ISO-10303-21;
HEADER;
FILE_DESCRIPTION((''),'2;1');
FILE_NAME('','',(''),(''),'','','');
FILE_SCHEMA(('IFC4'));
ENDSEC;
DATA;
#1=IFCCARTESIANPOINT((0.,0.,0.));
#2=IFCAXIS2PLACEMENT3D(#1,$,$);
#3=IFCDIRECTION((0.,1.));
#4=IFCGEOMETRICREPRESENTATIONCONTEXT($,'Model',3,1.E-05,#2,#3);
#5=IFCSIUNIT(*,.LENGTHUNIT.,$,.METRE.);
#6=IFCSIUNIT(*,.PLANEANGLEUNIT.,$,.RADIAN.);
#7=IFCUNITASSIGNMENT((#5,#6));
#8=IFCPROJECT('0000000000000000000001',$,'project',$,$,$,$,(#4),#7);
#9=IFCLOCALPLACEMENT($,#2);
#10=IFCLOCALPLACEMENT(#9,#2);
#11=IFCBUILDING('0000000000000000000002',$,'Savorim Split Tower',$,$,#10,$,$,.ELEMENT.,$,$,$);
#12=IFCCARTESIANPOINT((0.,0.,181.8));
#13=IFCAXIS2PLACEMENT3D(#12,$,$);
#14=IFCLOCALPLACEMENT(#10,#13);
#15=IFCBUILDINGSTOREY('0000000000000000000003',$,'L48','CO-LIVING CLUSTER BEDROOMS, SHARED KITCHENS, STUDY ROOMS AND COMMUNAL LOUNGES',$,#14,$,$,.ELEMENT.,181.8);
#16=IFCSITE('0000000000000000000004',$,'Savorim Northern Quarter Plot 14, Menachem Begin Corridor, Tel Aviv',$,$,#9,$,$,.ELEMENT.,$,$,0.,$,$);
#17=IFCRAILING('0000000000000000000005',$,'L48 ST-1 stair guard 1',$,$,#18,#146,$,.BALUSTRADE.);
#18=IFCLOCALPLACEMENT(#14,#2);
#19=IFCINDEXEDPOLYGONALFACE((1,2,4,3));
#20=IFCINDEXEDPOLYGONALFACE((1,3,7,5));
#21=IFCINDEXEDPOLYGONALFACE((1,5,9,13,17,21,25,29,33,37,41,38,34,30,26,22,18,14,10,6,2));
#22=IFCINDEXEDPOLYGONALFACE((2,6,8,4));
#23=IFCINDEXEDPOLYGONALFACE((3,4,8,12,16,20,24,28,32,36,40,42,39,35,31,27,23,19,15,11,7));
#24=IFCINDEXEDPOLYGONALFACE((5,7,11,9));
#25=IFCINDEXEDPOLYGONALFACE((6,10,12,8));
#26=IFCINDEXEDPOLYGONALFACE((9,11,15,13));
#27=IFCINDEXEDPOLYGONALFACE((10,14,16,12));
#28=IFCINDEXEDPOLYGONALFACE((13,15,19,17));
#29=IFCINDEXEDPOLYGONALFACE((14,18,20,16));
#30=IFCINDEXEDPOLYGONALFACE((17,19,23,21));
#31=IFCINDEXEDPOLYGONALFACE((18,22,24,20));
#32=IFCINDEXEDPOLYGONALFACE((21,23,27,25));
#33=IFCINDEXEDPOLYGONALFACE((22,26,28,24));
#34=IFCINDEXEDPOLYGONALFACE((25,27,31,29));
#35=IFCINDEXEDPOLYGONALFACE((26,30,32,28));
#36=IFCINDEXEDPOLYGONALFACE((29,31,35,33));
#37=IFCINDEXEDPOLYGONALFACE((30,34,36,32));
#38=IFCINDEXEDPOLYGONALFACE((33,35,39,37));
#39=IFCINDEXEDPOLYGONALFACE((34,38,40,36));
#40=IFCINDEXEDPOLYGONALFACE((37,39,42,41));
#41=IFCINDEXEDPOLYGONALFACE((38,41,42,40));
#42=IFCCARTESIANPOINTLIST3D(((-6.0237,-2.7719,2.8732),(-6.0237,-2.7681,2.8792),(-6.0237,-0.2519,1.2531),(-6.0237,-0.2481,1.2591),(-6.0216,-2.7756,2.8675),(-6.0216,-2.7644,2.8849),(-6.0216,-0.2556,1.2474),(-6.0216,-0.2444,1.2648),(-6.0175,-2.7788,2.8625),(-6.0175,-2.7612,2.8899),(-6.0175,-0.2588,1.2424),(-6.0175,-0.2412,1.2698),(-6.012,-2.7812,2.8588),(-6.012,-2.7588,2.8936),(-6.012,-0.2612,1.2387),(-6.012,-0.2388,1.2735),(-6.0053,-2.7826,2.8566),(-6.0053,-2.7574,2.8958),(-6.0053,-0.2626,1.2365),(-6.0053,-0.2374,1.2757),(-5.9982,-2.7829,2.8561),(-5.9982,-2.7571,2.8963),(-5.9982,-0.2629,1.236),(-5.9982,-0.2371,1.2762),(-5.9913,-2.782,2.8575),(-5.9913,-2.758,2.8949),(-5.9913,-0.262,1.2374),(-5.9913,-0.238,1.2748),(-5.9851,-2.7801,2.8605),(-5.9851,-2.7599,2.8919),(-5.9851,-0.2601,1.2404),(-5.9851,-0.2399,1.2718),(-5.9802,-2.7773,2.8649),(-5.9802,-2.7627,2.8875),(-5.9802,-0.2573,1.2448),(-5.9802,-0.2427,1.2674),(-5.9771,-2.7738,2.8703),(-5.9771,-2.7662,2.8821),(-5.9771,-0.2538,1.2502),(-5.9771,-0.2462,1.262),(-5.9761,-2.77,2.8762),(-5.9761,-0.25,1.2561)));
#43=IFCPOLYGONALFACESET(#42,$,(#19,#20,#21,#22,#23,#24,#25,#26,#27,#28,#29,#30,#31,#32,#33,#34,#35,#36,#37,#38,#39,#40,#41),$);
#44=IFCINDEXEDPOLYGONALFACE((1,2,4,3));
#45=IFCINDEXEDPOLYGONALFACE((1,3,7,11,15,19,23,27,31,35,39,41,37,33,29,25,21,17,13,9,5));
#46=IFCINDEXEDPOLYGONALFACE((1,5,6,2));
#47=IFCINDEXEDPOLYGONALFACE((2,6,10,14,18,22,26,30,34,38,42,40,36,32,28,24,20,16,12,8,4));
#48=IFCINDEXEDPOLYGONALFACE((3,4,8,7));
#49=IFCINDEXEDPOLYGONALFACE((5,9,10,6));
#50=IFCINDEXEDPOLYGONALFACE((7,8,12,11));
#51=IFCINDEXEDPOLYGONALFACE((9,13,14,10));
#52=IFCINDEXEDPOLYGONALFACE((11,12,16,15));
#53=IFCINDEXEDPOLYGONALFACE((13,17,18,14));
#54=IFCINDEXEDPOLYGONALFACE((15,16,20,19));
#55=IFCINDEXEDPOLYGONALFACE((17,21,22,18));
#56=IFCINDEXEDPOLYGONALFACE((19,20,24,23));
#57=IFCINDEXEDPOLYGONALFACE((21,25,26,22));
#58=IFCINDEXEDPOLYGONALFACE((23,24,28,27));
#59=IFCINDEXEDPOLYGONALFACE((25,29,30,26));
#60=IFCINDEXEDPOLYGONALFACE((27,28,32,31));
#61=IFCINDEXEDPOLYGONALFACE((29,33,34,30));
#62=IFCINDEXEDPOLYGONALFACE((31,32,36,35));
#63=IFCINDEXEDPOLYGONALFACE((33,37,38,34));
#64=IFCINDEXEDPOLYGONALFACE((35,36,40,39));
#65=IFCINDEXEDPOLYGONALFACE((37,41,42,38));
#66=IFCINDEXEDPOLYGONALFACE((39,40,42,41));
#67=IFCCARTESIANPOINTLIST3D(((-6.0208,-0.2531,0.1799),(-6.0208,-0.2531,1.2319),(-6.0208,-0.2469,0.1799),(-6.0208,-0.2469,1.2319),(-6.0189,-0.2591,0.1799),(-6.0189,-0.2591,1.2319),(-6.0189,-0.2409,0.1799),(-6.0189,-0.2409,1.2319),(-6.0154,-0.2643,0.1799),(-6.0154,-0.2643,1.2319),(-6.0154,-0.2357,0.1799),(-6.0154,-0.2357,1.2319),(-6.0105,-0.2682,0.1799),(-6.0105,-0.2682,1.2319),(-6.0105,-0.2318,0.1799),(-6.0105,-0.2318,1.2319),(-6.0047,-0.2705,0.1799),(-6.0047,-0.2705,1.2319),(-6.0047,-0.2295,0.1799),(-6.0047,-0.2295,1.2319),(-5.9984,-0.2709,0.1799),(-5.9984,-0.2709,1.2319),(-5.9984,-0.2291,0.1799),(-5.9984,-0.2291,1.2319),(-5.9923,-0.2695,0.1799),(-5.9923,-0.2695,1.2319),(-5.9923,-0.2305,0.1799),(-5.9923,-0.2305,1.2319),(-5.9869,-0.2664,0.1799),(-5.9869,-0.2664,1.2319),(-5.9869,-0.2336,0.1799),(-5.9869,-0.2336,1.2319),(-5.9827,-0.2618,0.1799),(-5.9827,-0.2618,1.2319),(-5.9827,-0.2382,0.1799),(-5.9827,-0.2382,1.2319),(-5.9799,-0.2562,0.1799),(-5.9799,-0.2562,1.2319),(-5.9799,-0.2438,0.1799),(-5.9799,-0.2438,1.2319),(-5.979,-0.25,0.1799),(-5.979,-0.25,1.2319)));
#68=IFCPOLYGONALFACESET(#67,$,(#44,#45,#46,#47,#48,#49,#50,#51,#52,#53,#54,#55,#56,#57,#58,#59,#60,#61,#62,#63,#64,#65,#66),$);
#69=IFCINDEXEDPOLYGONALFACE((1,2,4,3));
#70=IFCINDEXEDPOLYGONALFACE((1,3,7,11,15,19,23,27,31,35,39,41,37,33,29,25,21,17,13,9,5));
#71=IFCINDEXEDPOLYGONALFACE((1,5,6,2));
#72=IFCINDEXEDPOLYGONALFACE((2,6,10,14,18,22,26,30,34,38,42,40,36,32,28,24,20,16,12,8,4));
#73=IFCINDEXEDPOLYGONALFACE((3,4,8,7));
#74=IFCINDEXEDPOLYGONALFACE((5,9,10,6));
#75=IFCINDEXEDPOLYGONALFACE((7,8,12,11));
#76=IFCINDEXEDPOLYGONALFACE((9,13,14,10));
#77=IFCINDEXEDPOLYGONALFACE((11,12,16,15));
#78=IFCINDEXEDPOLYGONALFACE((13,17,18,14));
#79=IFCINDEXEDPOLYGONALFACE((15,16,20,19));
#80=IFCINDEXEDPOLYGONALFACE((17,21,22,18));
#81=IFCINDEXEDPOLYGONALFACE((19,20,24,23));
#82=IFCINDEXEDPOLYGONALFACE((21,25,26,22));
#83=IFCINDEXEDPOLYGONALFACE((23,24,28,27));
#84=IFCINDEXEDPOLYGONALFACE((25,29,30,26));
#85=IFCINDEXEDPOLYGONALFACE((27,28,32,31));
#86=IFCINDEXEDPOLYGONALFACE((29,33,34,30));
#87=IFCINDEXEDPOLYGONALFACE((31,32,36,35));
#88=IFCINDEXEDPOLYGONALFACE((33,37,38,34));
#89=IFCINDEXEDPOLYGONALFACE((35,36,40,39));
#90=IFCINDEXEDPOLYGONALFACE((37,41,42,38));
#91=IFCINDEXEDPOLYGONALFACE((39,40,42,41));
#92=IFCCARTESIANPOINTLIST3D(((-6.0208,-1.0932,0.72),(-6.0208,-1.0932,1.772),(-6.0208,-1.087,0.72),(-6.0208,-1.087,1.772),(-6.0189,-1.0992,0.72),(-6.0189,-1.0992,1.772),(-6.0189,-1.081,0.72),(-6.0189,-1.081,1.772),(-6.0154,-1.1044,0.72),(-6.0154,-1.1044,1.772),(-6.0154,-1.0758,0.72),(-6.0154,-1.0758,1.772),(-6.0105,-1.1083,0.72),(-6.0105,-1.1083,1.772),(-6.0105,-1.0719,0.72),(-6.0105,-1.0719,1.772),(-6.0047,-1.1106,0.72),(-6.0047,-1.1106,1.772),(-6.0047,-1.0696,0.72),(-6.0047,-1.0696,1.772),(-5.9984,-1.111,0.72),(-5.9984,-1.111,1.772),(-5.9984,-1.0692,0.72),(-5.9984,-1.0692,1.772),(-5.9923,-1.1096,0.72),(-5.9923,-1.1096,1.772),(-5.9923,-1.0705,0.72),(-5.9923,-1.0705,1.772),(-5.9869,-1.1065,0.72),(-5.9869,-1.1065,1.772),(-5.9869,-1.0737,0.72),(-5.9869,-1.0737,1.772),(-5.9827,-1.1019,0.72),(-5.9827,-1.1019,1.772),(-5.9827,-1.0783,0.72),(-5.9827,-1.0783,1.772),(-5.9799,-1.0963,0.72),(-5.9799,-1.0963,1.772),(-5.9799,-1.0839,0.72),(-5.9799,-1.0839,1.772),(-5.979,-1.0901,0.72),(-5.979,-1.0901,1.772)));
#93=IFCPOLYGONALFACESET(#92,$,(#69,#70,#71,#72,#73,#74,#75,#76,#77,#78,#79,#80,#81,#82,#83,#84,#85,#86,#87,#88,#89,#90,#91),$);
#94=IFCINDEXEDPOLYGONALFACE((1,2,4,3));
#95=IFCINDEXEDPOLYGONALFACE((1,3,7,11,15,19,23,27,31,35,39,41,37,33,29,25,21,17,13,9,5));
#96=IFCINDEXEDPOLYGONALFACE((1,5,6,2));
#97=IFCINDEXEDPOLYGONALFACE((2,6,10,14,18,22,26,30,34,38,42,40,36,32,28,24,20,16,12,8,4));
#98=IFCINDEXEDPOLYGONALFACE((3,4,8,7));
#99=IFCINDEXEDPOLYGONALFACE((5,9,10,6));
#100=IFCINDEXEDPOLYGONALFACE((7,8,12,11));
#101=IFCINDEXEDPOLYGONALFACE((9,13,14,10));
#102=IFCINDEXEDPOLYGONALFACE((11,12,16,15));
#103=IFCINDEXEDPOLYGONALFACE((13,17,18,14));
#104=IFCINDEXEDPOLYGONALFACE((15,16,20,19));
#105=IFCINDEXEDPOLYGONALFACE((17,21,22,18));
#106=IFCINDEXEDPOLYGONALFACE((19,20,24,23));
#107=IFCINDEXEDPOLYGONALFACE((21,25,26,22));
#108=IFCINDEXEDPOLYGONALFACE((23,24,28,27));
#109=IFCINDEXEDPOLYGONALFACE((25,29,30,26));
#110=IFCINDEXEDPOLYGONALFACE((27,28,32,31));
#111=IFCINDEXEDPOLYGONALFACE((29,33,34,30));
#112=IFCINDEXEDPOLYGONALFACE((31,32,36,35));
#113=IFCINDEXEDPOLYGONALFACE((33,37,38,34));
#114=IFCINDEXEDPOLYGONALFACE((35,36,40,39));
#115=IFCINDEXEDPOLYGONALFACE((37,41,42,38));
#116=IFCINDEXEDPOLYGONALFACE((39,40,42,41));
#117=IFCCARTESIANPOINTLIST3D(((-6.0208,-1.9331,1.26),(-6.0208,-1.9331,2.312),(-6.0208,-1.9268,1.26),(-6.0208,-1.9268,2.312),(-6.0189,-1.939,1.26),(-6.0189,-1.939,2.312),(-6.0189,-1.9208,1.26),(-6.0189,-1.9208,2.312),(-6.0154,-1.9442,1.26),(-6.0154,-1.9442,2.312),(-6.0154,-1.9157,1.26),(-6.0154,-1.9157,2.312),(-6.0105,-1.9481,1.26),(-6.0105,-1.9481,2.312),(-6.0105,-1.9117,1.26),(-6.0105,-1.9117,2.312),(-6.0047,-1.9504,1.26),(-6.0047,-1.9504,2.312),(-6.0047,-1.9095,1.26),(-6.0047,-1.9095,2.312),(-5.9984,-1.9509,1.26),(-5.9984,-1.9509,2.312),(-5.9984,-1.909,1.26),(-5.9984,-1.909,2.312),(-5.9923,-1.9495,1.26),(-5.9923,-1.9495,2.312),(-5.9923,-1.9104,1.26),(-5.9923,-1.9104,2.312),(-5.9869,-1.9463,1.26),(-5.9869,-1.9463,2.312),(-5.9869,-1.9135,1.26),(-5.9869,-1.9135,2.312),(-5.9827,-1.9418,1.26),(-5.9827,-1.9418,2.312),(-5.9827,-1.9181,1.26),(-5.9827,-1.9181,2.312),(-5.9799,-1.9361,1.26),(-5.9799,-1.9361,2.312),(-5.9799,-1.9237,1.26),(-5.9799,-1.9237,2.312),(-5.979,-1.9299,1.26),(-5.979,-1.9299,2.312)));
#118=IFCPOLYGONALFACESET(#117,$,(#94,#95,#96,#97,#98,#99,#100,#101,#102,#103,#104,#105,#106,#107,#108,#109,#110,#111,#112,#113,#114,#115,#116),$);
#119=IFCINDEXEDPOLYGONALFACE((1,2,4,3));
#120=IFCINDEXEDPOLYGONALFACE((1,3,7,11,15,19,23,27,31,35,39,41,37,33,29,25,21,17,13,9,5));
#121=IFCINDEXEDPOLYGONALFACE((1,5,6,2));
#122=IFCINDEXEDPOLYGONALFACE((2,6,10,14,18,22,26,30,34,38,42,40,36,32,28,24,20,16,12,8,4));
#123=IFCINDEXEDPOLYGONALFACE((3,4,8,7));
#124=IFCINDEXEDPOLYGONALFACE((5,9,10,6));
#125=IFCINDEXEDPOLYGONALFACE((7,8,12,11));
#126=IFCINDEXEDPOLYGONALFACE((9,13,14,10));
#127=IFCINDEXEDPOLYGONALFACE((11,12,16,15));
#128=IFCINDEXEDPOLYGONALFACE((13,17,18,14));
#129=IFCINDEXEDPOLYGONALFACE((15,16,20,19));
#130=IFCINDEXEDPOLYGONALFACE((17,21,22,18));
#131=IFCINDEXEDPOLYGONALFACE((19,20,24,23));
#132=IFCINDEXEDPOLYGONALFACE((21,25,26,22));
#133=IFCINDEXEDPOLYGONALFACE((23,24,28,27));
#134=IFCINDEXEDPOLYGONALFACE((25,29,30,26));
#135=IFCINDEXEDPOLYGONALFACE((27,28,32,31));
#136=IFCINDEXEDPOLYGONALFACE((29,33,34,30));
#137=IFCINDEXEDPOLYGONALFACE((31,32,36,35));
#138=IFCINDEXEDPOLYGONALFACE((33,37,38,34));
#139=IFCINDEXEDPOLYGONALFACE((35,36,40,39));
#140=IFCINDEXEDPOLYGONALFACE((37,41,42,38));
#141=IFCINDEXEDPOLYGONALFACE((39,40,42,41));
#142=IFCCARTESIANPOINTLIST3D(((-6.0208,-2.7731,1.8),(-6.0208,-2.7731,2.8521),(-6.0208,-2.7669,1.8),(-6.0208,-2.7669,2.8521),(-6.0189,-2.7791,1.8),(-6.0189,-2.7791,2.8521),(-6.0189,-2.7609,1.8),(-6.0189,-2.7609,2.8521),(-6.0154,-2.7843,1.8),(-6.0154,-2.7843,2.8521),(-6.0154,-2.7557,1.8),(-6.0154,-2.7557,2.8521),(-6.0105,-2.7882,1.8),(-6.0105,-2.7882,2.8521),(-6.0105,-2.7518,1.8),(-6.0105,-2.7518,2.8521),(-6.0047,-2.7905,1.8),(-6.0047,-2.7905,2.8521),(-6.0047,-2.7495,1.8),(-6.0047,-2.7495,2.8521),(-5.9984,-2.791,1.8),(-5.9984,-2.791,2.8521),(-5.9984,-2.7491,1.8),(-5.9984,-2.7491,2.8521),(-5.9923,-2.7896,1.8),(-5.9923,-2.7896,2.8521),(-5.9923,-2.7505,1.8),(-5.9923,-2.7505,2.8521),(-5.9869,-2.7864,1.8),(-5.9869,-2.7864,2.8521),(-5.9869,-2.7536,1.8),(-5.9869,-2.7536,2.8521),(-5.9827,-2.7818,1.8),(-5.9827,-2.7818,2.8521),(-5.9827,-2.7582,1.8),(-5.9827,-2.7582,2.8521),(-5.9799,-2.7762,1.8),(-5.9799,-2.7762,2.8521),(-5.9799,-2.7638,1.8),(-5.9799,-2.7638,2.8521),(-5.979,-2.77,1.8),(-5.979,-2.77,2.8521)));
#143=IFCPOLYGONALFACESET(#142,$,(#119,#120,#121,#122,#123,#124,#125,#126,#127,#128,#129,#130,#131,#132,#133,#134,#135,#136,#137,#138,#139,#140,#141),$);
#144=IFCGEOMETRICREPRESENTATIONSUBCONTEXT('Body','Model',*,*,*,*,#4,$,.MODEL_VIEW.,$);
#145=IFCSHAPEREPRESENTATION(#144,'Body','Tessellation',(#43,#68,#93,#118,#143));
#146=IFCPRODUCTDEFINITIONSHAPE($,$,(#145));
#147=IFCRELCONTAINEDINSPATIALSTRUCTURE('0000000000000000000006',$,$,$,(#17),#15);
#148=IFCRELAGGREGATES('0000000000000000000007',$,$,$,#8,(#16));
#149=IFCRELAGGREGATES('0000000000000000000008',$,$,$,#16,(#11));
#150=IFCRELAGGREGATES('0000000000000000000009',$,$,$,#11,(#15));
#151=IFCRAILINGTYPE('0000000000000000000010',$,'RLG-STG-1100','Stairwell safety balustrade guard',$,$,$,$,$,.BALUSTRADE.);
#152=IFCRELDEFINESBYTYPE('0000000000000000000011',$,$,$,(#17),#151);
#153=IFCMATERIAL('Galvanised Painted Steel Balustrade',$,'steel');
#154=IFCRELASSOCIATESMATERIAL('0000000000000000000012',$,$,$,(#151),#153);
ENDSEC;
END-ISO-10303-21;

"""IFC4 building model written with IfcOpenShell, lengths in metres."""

from ifc_helpers import new_model, si_unit, direction, frame, origin, origin_2d, place, context, subcontext, project, spatial, circle, extrude, material, type_object, element, save


model = new_model("IFC4")

# Units and contexts
model_context = context("Model", 3, precision=1e-05, world=origin(), true_north=direction((0.0, 1.0)))
body_context = subcontext(model_context, "Body", "Model", "MODEL_VIEW")
ifc_project = project(units=[si_unit("LENGTHUNIT", "METRE"), si_unit("PLANEANGLEUNIT", "RADIAN")], contexts=[model_context])

# Site, building, storey
site_placement = place(None, origin())
site = spatial("IfcSite", under=ifc_project, at=site_placement, Name="Savorim Northern Quarter Plot 14, Menachem Begin Corridor, Tel Aviv", CompositionType="ELEMENT", RefElevation=0.0)
building_placement = place(site_placement, origin())
building = spatial("IfcBuilding", under=site, at=building_placement, Name="Savorim Split Tower", CompositionType="ELEMENT")
storey_placement = place(building_placement, frame((0.0, 0.0, 181.8)))
storey = spatial("IfcBuildingStorey", under=building, at=storey_placement, Name="L48", Description="CO-LIVING CLUSTER BEDROOMS, SHARED KITCHENS, STUDY ROOMS AND COMMUNAL LOUNGES", CompositionType="ELEMENT", Elevation=181.8)

# Railing
ifc_material_1 = material(Name="Galvanised Painted Steel Balustrade", Category="steel")
railing_type_1 = type_object("IfcRailingType", Name="RLG-STG-1100", Description="Stairwell safety balustrade guard", PredefinedType="BALUSTRADE", material=ifc_material_1)
railing_1_placement = place(storey_placement, frame((-6.0, -0.25, 0.1799)))
element("IfcRailing", 1, at=railing_1_placement, inside=storey, type_object=railing_type_1, Name="L48 ST-1 stair guard 1", PredefinedType="BALUSTRADE", context=body_context, shape_type="SweptSolid", body=[
    extrude(circle(Radius=0.0239, at=origin_2d()), frame((0.0, 0.0, 1.0762), z_axis=(0.0, -0.841163, 0.540782), x_axis=(1.0, 0.0, 0.0)), (0.0, 0.0, 1.0), 2.9958),
    extrude(circle(Radius=0.021, at=origin_2d()), origin(), (0.0, 0.0, 1.0), 1.052),
    extrude(circle(Radius=0.021, at=origin_2d()), frame((0.0, -0.8401, 0.54)), (0.0, 0.0, 1.0), 1.052),
    extrude(circle(Radius=0.021, at=origin_2d()), frame((0.0, -1.6799, 1.0801)), (0.0, 0.0, 1.0), 1.052),
    extrude(circle(Radius=0.021, at=origin_2d()), frame((0.0, -2.52, 1.6201)), (0.0, 0.0, 1.0), 1.052),
])

save(model, "model.ifc")
